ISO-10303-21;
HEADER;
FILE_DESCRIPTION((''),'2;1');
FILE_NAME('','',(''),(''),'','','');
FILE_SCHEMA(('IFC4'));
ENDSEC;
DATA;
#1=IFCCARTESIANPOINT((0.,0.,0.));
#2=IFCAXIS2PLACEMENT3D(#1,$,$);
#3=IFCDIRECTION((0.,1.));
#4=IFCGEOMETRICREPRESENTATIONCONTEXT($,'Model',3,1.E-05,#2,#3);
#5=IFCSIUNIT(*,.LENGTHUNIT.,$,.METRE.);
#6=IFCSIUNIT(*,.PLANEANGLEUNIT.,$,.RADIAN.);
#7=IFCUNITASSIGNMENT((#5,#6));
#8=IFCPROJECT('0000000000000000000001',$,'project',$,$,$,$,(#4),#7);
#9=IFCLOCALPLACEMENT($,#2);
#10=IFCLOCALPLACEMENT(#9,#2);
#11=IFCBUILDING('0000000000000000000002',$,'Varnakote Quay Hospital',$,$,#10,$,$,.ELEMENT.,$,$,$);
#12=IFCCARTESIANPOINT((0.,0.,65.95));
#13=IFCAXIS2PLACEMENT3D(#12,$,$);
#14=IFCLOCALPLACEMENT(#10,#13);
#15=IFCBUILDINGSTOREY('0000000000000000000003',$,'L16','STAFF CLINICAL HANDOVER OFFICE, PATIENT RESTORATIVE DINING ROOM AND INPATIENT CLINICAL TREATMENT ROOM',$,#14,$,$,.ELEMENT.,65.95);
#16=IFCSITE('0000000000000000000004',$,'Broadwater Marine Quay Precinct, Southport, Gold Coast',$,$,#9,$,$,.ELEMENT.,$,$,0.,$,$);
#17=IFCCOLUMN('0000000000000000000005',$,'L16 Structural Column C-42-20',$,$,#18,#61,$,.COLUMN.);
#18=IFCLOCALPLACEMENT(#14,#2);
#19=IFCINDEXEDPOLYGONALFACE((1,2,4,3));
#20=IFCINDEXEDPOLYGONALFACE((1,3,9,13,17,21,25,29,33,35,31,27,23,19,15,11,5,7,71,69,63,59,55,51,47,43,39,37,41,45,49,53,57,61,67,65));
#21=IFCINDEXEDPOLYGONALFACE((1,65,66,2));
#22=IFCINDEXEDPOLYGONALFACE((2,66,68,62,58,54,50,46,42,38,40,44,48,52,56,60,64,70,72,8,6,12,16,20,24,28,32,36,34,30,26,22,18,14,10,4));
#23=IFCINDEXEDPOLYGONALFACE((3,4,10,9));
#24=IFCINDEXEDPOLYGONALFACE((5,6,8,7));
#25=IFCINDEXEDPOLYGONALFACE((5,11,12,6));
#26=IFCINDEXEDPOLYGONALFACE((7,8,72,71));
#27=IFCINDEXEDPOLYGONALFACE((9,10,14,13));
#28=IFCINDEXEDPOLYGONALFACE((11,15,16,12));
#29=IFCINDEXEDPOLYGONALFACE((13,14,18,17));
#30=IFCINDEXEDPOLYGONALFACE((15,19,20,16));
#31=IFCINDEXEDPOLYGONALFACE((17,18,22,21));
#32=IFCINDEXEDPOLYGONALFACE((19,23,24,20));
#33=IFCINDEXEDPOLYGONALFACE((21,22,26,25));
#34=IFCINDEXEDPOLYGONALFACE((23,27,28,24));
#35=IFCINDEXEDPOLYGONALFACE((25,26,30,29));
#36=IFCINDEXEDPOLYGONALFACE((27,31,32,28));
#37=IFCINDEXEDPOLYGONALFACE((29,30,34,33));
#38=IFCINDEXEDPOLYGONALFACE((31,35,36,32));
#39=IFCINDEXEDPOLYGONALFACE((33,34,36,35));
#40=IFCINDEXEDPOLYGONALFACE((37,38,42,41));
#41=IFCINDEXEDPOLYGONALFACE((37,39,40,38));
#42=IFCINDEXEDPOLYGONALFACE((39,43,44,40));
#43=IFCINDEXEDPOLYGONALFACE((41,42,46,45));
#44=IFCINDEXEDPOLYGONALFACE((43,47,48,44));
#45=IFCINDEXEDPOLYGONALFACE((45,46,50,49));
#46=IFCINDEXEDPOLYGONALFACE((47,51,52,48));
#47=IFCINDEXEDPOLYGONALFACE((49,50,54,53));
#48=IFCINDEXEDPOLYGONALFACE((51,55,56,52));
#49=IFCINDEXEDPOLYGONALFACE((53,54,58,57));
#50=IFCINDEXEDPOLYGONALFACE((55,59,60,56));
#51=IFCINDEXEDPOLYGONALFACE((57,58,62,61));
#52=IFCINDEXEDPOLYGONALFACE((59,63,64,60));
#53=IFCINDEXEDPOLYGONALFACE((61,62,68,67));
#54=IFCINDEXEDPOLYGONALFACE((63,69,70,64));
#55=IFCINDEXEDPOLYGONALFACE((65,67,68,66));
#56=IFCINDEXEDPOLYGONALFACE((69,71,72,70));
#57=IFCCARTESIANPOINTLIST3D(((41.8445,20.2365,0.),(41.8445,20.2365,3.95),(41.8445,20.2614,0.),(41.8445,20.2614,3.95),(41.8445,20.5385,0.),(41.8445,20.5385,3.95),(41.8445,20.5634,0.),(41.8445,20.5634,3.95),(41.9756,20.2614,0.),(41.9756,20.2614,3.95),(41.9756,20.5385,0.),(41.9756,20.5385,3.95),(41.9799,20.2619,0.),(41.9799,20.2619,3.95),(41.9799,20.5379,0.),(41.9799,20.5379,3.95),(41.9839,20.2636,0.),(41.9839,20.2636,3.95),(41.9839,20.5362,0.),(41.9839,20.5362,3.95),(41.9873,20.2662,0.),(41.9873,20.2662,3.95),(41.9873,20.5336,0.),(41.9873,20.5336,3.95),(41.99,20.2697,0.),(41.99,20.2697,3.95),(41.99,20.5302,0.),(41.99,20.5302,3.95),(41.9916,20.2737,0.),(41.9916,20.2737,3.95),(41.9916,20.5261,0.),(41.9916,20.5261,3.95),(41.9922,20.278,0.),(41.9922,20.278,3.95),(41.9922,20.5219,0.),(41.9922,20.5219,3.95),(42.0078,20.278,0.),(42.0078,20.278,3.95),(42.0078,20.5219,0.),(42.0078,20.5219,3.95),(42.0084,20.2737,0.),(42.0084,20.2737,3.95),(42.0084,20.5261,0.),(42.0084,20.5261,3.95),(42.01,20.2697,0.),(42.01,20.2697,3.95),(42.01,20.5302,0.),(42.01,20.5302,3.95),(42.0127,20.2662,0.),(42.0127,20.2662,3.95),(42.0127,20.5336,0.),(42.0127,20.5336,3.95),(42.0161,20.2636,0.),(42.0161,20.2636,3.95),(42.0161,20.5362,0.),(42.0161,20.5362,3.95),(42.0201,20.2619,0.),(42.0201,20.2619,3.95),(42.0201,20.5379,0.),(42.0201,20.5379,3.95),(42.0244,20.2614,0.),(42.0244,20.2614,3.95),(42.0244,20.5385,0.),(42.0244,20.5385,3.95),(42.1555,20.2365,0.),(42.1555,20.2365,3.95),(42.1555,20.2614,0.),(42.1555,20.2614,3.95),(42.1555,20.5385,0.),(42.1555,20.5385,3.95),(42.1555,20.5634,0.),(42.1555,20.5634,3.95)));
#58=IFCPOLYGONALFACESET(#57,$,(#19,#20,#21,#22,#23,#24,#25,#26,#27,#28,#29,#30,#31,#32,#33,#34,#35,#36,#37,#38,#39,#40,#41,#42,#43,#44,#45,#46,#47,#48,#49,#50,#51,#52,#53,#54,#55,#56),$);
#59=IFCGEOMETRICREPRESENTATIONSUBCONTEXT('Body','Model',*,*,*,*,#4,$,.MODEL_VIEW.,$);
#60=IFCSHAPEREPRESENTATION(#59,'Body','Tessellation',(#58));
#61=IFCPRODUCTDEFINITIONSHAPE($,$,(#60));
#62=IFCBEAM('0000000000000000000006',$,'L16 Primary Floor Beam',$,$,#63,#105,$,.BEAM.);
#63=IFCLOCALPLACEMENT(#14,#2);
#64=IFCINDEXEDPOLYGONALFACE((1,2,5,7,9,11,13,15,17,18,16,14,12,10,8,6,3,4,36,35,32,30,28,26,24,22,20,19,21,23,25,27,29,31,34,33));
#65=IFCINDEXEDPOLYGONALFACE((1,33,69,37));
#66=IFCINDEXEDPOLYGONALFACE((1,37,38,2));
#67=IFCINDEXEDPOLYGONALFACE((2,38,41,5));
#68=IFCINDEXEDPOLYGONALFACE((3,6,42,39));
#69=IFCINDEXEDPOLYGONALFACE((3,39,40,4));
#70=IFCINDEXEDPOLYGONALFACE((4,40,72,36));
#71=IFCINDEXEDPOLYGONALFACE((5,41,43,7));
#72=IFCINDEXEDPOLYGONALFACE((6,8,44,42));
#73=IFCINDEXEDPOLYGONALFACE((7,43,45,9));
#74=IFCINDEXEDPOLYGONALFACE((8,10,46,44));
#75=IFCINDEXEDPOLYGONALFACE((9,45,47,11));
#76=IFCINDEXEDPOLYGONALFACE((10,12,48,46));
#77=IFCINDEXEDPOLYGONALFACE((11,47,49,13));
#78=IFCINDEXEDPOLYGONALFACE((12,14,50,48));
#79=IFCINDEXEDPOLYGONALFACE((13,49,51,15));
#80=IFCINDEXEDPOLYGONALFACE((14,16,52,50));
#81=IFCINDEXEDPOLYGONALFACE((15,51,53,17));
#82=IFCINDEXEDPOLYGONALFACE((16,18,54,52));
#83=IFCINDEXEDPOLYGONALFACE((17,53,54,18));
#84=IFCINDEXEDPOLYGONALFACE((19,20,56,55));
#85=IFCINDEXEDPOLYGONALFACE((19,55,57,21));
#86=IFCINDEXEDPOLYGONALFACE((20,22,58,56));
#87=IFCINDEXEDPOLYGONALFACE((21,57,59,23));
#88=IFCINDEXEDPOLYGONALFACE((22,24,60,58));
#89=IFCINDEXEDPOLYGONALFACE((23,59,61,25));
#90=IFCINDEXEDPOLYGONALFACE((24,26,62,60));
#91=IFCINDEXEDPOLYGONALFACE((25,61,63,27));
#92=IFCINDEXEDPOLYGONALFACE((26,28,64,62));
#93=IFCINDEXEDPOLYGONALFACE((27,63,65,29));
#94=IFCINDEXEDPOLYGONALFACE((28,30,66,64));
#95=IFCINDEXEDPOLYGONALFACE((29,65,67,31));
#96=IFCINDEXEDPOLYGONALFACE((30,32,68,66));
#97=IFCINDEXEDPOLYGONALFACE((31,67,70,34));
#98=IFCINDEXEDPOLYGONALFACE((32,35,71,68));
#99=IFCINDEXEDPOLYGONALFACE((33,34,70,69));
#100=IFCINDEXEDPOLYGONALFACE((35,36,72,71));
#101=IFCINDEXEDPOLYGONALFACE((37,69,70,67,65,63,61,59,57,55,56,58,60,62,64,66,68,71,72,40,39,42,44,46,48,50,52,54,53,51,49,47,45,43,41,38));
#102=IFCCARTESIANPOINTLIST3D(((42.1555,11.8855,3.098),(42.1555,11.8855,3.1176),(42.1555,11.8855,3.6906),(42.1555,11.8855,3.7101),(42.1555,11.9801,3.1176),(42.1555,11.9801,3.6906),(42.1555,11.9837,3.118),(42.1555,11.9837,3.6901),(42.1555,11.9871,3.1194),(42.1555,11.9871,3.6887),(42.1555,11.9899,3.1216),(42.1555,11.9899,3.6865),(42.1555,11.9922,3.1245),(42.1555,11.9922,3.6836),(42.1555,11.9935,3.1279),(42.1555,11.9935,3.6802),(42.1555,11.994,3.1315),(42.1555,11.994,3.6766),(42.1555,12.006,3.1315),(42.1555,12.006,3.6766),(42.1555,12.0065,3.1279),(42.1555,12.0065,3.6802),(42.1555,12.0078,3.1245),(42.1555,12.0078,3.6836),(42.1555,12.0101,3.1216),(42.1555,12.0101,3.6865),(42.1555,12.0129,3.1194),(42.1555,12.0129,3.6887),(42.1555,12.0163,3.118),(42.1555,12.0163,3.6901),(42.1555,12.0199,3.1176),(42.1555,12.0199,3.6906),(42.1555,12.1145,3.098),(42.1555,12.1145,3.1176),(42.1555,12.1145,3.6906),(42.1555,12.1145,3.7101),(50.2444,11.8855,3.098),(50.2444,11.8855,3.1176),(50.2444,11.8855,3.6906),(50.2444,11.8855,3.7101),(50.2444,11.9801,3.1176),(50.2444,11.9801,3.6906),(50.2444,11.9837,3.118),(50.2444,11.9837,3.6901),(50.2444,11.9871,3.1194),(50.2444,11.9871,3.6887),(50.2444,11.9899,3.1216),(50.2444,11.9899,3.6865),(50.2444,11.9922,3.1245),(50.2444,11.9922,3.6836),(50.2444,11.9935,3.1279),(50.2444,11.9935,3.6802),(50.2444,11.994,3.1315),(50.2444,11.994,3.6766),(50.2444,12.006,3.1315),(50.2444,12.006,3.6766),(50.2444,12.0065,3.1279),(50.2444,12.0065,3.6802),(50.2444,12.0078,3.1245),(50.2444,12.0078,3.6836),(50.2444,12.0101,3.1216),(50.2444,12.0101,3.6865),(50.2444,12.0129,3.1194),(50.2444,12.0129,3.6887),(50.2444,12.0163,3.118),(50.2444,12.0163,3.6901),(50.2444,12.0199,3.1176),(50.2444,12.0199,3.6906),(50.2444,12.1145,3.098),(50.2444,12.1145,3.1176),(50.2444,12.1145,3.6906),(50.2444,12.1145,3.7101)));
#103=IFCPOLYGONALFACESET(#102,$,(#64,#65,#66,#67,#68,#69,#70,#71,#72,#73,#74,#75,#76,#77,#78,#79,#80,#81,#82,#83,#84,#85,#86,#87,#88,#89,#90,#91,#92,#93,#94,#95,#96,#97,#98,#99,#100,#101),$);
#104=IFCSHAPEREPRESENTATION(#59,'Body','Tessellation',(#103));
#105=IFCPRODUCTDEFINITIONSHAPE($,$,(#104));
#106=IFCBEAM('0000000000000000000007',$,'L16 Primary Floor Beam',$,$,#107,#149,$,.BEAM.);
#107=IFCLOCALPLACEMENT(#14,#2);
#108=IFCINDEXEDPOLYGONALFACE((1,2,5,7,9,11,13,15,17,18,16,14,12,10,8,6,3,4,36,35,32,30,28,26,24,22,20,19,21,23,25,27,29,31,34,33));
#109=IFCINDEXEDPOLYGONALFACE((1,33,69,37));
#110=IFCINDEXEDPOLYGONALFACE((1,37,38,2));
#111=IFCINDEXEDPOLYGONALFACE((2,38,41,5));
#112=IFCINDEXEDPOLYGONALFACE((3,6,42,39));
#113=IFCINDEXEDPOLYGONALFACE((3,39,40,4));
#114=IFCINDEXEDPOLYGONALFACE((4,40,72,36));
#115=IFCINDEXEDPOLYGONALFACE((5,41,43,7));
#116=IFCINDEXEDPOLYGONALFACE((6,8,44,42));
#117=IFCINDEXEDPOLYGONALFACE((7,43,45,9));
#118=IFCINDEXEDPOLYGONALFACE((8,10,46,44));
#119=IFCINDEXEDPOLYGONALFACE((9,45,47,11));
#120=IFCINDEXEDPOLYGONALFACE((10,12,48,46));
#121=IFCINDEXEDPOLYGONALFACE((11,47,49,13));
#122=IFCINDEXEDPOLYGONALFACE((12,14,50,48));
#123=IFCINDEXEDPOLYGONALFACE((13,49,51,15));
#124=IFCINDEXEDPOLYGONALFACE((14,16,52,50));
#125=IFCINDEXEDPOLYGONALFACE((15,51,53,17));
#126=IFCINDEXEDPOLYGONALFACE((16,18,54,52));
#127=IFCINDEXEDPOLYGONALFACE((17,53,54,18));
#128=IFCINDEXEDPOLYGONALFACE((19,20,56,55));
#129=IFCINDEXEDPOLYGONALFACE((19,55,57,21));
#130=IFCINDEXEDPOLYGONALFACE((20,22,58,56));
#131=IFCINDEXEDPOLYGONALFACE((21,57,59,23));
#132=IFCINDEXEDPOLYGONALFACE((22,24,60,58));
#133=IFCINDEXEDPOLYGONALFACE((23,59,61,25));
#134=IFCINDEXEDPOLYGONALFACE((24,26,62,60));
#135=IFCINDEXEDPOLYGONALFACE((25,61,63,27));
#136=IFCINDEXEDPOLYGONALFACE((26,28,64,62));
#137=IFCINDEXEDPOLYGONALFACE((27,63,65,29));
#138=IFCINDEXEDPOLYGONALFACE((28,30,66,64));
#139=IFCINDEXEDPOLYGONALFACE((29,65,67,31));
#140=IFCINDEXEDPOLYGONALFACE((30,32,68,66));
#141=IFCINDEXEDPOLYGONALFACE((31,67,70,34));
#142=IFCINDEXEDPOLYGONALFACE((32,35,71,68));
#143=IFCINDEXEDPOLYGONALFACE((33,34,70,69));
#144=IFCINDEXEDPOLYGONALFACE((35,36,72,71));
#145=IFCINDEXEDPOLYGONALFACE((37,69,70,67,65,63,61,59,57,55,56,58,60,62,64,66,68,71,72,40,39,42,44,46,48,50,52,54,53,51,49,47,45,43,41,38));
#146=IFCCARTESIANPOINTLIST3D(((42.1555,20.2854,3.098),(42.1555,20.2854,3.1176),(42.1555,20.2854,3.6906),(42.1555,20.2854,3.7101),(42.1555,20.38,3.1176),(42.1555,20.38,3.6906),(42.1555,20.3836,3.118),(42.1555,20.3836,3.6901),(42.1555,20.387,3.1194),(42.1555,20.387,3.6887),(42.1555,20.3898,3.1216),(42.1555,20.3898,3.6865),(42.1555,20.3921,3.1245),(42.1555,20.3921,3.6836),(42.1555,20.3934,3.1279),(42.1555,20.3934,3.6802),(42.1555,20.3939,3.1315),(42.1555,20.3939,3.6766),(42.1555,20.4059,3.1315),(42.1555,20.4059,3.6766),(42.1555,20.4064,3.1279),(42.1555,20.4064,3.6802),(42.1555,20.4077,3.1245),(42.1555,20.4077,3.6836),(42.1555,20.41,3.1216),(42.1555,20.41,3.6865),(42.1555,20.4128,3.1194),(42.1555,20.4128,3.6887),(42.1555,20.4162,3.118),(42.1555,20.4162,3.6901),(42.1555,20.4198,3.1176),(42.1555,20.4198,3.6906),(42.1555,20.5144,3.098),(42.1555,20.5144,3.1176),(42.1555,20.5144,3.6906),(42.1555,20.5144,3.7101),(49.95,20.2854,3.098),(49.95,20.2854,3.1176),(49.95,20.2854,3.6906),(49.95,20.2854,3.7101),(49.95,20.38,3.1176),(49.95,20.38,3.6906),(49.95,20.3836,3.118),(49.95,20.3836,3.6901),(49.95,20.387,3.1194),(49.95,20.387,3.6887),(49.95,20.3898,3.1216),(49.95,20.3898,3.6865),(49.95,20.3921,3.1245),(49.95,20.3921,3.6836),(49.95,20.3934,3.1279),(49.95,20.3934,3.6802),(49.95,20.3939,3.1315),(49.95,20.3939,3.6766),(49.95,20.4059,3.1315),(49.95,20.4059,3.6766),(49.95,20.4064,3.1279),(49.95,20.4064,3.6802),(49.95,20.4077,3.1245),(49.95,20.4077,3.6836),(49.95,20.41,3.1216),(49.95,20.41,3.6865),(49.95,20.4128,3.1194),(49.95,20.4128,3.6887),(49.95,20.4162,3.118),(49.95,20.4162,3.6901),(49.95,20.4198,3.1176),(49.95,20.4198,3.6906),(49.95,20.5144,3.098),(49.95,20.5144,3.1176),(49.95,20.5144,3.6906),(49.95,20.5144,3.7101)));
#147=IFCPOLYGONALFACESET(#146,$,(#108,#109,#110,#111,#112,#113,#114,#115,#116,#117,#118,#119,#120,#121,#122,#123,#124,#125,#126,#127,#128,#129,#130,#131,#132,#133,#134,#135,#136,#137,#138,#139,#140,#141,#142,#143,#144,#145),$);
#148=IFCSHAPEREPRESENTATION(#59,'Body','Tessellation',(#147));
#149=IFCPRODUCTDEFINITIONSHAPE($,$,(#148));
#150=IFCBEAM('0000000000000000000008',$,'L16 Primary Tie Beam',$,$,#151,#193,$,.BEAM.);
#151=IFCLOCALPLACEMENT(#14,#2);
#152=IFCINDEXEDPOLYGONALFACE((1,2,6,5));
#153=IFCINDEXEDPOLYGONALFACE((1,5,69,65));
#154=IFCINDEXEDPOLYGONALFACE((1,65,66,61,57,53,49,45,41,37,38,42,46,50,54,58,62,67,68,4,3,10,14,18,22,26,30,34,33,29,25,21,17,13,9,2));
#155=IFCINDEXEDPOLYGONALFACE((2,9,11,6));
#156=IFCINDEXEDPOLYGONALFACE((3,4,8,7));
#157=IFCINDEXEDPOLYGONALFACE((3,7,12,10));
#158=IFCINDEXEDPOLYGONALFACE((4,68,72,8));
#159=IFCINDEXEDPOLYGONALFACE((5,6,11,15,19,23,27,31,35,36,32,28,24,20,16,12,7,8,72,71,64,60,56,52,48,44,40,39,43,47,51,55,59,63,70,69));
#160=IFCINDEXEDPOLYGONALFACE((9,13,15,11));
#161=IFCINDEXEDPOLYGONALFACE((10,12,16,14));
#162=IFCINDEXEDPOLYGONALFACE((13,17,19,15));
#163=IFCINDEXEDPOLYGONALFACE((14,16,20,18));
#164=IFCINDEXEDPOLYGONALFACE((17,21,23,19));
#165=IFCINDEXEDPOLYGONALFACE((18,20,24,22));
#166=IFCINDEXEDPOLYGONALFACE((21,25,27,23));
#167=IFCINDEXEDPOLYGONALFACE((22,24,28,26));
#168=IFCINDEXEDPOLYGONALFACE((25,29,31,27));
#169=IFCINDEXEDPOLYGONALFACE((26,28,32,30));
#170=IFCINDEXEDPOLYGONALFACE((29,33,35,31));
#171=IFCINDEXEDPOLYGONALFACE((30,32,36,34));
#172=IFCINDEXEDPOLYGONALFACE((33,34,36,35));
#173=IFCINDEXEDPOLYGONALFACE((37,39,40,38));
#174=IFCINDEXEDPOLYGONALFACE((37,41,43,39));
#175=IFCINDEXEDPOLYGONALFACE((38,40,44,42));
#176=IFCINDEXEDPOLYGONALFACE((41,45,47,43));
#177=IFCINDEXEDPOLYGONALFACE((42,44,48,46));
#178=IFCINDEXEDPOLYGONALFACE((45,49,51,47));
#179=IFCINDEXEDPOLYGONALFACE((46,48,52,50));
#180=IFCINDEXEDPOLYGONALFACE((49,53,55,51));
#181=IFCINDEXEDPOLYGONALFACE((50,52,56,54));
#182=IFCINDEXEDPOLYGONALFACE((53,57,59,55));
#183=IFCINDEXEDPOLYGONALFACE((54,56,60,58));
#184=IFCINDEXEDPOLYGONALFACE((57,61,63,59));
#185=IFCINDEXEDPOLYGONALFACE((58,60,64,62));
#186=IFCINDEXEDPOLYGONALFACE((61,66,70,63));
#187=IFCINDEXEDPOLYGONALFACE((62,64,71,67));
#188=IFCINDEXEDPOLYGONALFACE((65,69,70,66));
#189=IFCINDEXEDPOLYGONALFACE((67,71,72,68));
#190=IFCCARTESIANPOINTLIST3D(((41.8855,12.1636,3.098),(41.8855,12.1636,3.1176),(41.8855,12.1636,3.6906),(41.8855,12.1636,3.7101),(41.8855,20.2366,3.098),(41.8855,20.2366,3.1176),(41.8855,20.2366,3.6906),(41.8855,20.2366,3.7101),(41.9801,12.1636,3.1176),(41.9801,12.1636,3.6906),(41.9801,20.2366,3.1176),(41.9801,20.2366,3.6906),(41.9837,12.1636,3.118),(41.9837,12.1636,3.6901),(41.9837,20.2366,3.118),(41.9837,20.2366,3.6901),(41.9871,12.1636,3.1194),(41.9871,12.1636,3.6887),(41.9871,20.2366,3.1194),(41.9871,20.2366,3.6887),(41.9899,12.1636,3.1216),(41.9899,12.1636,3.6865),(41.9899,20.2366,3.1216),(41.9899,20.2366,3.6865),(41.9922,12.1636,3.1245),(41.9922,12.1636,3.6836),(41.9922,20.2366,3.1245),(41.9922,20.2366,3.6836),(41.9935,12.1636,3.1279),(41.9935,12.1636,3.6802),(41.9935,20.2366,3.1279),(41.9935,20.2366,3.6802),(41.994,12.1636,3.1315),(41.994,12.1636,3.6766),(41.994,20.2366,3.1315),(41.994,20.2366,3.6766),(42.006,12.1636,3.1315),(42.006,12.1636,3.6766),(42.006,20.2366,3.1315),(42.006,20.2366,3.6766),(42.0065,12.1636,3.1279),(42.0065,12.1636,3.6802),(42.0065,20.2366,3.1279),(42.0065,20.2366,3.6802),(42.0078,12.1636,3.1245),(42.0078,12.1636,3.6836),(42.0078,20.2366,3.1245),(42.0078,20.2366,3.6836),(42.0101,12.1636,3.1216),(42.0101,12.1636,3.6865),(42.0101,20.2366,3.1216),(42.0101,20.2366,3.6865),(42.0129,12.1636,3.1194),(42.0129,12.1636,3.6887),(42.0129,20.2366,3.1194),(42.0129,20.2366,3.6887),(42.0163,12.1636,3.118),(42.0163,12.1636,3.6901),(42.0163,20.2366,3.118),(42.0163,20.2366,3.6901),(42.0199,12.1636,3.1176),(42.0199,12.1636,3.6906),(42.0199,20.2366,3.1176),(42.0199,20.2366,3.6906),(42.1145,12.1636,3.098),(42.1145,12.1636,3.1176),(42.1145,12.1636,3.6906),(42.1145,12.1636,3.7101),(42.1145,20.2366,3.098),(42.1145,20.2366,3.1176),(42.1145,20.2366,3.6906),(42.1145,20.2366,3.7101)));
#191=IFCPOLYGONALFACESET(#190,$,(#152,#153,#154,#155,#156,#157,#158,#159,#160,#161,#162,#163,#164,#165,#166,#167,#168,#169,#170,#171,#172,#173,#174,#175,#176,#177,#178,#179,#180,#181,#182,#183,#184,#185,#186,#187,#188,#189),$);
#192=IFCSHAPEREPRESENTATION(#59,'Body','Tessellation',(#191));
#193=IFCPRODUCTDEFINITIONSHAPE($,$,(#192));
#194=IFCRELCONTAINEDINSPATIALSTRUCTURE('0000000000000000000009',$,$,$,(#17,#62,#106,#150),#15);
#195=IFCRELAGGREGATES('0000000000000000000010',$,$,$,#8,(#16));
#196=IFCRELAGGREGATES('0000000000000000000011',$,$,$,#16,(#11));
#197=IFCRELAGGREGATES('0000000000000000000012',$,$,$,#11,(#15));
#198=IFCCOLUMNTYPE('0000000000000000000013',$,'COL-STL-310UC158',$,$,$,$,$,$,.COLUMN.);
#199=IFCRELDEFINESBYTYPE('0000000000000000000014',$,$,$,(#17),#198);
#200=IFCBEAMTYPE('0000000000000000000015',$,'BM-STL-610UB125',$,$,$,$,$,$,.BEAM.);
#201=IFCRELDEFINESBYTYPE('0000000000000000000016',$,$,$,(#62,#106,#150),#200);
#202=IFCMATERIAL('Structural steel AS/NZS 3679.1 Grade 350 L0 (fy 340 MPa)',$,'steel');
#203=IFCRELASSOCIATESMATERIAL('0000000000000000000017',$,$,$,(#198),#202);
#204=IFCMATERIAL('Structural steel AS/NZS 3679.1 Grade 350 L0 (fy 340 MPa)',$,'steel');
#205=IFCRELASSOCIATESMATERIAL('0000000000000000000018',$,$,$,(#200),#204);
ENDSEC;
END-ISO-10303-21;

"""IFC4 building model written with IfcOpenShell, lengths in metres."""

from ifc_helpers import new_model, si_unit, direction, frame, origin, origin_2d, place, context, subcontext, project, spatial, i_section, extrude, material, material_profile, profile_set, type_object, element, save


model = new_model("IFC4")

# Units and contexts
model_context = context("Model", 3, precision=1e-05, world=origin(), true_north=direction((0.0, 1.0)))
body_context = subcontext(model_context, "Body", "Model", "MODEL_VIEW")
ifc_project = project(units=[si_unit("LENGTHUNIT", "METRE"), si_unit("PLANEANGLEUNIT", "RADIAN")], contexts=[model_context])

# Site, building, storey
site_placement = place(None, origin())
site = spatial("IfcSite", under=ifc_project, at=site_placement, Name="Broadwater Marine Quay Precinct, Southport, Gold Coast", CompositionType="ELEMENT", RefElevation=0.0)
building_placement = place(site_placement, origin())
building = spatial("IfcBuilding", under=site, at=building_placement, Name="Varnakote Quay Hospital", CompositionType="ELEMENT")
storey_placement = place(building_placement, frame((0.0, 0.0, 65.95)))
storey = spatial("IfcBuildingStorey", under=building, at=storey_placement, Name="L16", Description="STAFF CLINICAL HANDOVER OFFICE, PATIENT RESTORATIVE DINING ROOM AND INPATIENT CLINICAL TREATMENT ROOM", CompositionType="ELEMENT", Elevation=65.95)

# Column
ifc_material_1 = material(Name="Structural steel AS/NZS 3679.1 Grade 350 L0 (fy 340 MPa)", Category="steel")
ifc_material_profile_1 = material_profile(ifc_material_1, i_section(OverallWidth=0.311, OverallDepth=0.3269, WebThickness=0.0156, FlangeThickness=0.0249, FilletRadius=0.0166, at=origin_2d()), Name="310UC158")
ifc_profile_set_1 = profile_set([ifc_material_profile_1], Name="Structural steel AS/NZS 3679.1 Grade 350 L0 (fy 340 MPa)")
column_type = type_object("IfcColumnType", Name="COL-STL-310UC158", PredefinedType="COLUMN", material=ifc_profile_set_1)
column_placement = place(storey_placement, frame((42.0, 20.3999, 0.0), z_axis=(0.0, 0.0, 1.0), x_axis=(1.0, 0.0, 0.0)))
element("IfcColumn", 1, at=column_placement, inside=storey, type_object=column_type, Name="L16 Structural Column C-42-20", PredefinedType="COLUMN", context=body_context, shape_type="SweptSolid", body=[
    extrude(i_section(OverallWidth=0.311, OverallDepth=0.3269, WebThickness=0.0156, FlangeThickness=0.0249, FilletRadius=0.0166, at=origin_2d()), origin(), (0.0, 0.0, 1.0), 3.95),
])

# Beams
ifc_material_2 = material(Name="Structural steel AS/NZS 3679.1 Grade 350 L0 (fy 340 MPa)", Category="steel")
ifc_material_profile_2 = material_profile(ifc_material_2, i_section(OverallWidth=0.229, OverallDepth=0.6121, WebThickness=0.012, FlangeThickness=0.0195, FilletRadius=0.0139, at=origin_2d()), Name="610UB125")
ifc_profile_set_2 = profile_set([ifc_material_profile_2], Name="Structural steel AS/NZS 3679.1 Grade 350 L0 (fy 340 MPa)")
beam_type_1 = type_object("IfcBeamType", Name="BM-STL-610UB125", PredefinedType="BEAM", material=ifc_profile_set_2)
beam_1_placement = place(storey_placement, frame((42.1555, 12.0, 3.4041), z_axis=(1.0, 0.0, 0.0), x_axis=(0.0, 1.0, 0.0)))
element("IfcBeam", 2, at=beam_1_placement, inside=storey, type_object=beam_type_1, Name="L16 Primary Floor Beam", PredefinedType="BEAM", context=body_context, shape_type="SweptSolid", body=[
    extrude(i_section(OverallWidth=0.229, OverallDepth=0.6121, WebThickness=0.012, FlangeThickness=0.0195, FilletRadius=0.0139, at=origin_2d()), origin(), (0.0, 0.0, 1.0), 8.0889),
])
beam_2_placement = place(storey_placement, frame((42.1555, 20.3999, 3.4041), z_axis=(1.0, 0.0, 0.0), x_axis=(0.0, 1.0, 0.0)))
element("IfcBeam", 3, at=beam_2_placement, inside=storey, type_object=beam_type_1, Name="L16 Primary Floor Beam", PredefinedType="BEAM", context=body_context, shape_type="SweptSolid", body=[
    extrude(i_section(OverallWidth=0.229, OverallDepth=0.6121, WebThickness=0.012, FlangeThickness=0.0195, FilletRadius=0.0139, at=origin_2d()), origin(), (0.0, 0.0, 1.0), 7.7944),
])
for number, where, z_axis, x_axis, name in (
    (4, (42.0, 12.1636, 3.4041), (0.0, 1.0, 0.0), (-1.0, 0.0, 0.0), "L16 Primary Tie Beam"),
):
    element("IfcBeam", number, at=place(storey_placement, frame(where, z_axis=z_axis, x_axis=x_axis)), inside=storey, type_object=beam_type_1, Name=name, PredefinedType="BEAM", context=body_context, shape_type="SweptSolid", body=[
        extrude(i_section(OverallWidth=0.229, OverallDepth=0.6121, WebThickness=0.012, FlangeThickness=0.0195, FilletRadius=0.0139, at=origin_2d()), origin(), (0.0, 0.0, 1.0), 8.073),
    ])

save(model, "model.ifc")
